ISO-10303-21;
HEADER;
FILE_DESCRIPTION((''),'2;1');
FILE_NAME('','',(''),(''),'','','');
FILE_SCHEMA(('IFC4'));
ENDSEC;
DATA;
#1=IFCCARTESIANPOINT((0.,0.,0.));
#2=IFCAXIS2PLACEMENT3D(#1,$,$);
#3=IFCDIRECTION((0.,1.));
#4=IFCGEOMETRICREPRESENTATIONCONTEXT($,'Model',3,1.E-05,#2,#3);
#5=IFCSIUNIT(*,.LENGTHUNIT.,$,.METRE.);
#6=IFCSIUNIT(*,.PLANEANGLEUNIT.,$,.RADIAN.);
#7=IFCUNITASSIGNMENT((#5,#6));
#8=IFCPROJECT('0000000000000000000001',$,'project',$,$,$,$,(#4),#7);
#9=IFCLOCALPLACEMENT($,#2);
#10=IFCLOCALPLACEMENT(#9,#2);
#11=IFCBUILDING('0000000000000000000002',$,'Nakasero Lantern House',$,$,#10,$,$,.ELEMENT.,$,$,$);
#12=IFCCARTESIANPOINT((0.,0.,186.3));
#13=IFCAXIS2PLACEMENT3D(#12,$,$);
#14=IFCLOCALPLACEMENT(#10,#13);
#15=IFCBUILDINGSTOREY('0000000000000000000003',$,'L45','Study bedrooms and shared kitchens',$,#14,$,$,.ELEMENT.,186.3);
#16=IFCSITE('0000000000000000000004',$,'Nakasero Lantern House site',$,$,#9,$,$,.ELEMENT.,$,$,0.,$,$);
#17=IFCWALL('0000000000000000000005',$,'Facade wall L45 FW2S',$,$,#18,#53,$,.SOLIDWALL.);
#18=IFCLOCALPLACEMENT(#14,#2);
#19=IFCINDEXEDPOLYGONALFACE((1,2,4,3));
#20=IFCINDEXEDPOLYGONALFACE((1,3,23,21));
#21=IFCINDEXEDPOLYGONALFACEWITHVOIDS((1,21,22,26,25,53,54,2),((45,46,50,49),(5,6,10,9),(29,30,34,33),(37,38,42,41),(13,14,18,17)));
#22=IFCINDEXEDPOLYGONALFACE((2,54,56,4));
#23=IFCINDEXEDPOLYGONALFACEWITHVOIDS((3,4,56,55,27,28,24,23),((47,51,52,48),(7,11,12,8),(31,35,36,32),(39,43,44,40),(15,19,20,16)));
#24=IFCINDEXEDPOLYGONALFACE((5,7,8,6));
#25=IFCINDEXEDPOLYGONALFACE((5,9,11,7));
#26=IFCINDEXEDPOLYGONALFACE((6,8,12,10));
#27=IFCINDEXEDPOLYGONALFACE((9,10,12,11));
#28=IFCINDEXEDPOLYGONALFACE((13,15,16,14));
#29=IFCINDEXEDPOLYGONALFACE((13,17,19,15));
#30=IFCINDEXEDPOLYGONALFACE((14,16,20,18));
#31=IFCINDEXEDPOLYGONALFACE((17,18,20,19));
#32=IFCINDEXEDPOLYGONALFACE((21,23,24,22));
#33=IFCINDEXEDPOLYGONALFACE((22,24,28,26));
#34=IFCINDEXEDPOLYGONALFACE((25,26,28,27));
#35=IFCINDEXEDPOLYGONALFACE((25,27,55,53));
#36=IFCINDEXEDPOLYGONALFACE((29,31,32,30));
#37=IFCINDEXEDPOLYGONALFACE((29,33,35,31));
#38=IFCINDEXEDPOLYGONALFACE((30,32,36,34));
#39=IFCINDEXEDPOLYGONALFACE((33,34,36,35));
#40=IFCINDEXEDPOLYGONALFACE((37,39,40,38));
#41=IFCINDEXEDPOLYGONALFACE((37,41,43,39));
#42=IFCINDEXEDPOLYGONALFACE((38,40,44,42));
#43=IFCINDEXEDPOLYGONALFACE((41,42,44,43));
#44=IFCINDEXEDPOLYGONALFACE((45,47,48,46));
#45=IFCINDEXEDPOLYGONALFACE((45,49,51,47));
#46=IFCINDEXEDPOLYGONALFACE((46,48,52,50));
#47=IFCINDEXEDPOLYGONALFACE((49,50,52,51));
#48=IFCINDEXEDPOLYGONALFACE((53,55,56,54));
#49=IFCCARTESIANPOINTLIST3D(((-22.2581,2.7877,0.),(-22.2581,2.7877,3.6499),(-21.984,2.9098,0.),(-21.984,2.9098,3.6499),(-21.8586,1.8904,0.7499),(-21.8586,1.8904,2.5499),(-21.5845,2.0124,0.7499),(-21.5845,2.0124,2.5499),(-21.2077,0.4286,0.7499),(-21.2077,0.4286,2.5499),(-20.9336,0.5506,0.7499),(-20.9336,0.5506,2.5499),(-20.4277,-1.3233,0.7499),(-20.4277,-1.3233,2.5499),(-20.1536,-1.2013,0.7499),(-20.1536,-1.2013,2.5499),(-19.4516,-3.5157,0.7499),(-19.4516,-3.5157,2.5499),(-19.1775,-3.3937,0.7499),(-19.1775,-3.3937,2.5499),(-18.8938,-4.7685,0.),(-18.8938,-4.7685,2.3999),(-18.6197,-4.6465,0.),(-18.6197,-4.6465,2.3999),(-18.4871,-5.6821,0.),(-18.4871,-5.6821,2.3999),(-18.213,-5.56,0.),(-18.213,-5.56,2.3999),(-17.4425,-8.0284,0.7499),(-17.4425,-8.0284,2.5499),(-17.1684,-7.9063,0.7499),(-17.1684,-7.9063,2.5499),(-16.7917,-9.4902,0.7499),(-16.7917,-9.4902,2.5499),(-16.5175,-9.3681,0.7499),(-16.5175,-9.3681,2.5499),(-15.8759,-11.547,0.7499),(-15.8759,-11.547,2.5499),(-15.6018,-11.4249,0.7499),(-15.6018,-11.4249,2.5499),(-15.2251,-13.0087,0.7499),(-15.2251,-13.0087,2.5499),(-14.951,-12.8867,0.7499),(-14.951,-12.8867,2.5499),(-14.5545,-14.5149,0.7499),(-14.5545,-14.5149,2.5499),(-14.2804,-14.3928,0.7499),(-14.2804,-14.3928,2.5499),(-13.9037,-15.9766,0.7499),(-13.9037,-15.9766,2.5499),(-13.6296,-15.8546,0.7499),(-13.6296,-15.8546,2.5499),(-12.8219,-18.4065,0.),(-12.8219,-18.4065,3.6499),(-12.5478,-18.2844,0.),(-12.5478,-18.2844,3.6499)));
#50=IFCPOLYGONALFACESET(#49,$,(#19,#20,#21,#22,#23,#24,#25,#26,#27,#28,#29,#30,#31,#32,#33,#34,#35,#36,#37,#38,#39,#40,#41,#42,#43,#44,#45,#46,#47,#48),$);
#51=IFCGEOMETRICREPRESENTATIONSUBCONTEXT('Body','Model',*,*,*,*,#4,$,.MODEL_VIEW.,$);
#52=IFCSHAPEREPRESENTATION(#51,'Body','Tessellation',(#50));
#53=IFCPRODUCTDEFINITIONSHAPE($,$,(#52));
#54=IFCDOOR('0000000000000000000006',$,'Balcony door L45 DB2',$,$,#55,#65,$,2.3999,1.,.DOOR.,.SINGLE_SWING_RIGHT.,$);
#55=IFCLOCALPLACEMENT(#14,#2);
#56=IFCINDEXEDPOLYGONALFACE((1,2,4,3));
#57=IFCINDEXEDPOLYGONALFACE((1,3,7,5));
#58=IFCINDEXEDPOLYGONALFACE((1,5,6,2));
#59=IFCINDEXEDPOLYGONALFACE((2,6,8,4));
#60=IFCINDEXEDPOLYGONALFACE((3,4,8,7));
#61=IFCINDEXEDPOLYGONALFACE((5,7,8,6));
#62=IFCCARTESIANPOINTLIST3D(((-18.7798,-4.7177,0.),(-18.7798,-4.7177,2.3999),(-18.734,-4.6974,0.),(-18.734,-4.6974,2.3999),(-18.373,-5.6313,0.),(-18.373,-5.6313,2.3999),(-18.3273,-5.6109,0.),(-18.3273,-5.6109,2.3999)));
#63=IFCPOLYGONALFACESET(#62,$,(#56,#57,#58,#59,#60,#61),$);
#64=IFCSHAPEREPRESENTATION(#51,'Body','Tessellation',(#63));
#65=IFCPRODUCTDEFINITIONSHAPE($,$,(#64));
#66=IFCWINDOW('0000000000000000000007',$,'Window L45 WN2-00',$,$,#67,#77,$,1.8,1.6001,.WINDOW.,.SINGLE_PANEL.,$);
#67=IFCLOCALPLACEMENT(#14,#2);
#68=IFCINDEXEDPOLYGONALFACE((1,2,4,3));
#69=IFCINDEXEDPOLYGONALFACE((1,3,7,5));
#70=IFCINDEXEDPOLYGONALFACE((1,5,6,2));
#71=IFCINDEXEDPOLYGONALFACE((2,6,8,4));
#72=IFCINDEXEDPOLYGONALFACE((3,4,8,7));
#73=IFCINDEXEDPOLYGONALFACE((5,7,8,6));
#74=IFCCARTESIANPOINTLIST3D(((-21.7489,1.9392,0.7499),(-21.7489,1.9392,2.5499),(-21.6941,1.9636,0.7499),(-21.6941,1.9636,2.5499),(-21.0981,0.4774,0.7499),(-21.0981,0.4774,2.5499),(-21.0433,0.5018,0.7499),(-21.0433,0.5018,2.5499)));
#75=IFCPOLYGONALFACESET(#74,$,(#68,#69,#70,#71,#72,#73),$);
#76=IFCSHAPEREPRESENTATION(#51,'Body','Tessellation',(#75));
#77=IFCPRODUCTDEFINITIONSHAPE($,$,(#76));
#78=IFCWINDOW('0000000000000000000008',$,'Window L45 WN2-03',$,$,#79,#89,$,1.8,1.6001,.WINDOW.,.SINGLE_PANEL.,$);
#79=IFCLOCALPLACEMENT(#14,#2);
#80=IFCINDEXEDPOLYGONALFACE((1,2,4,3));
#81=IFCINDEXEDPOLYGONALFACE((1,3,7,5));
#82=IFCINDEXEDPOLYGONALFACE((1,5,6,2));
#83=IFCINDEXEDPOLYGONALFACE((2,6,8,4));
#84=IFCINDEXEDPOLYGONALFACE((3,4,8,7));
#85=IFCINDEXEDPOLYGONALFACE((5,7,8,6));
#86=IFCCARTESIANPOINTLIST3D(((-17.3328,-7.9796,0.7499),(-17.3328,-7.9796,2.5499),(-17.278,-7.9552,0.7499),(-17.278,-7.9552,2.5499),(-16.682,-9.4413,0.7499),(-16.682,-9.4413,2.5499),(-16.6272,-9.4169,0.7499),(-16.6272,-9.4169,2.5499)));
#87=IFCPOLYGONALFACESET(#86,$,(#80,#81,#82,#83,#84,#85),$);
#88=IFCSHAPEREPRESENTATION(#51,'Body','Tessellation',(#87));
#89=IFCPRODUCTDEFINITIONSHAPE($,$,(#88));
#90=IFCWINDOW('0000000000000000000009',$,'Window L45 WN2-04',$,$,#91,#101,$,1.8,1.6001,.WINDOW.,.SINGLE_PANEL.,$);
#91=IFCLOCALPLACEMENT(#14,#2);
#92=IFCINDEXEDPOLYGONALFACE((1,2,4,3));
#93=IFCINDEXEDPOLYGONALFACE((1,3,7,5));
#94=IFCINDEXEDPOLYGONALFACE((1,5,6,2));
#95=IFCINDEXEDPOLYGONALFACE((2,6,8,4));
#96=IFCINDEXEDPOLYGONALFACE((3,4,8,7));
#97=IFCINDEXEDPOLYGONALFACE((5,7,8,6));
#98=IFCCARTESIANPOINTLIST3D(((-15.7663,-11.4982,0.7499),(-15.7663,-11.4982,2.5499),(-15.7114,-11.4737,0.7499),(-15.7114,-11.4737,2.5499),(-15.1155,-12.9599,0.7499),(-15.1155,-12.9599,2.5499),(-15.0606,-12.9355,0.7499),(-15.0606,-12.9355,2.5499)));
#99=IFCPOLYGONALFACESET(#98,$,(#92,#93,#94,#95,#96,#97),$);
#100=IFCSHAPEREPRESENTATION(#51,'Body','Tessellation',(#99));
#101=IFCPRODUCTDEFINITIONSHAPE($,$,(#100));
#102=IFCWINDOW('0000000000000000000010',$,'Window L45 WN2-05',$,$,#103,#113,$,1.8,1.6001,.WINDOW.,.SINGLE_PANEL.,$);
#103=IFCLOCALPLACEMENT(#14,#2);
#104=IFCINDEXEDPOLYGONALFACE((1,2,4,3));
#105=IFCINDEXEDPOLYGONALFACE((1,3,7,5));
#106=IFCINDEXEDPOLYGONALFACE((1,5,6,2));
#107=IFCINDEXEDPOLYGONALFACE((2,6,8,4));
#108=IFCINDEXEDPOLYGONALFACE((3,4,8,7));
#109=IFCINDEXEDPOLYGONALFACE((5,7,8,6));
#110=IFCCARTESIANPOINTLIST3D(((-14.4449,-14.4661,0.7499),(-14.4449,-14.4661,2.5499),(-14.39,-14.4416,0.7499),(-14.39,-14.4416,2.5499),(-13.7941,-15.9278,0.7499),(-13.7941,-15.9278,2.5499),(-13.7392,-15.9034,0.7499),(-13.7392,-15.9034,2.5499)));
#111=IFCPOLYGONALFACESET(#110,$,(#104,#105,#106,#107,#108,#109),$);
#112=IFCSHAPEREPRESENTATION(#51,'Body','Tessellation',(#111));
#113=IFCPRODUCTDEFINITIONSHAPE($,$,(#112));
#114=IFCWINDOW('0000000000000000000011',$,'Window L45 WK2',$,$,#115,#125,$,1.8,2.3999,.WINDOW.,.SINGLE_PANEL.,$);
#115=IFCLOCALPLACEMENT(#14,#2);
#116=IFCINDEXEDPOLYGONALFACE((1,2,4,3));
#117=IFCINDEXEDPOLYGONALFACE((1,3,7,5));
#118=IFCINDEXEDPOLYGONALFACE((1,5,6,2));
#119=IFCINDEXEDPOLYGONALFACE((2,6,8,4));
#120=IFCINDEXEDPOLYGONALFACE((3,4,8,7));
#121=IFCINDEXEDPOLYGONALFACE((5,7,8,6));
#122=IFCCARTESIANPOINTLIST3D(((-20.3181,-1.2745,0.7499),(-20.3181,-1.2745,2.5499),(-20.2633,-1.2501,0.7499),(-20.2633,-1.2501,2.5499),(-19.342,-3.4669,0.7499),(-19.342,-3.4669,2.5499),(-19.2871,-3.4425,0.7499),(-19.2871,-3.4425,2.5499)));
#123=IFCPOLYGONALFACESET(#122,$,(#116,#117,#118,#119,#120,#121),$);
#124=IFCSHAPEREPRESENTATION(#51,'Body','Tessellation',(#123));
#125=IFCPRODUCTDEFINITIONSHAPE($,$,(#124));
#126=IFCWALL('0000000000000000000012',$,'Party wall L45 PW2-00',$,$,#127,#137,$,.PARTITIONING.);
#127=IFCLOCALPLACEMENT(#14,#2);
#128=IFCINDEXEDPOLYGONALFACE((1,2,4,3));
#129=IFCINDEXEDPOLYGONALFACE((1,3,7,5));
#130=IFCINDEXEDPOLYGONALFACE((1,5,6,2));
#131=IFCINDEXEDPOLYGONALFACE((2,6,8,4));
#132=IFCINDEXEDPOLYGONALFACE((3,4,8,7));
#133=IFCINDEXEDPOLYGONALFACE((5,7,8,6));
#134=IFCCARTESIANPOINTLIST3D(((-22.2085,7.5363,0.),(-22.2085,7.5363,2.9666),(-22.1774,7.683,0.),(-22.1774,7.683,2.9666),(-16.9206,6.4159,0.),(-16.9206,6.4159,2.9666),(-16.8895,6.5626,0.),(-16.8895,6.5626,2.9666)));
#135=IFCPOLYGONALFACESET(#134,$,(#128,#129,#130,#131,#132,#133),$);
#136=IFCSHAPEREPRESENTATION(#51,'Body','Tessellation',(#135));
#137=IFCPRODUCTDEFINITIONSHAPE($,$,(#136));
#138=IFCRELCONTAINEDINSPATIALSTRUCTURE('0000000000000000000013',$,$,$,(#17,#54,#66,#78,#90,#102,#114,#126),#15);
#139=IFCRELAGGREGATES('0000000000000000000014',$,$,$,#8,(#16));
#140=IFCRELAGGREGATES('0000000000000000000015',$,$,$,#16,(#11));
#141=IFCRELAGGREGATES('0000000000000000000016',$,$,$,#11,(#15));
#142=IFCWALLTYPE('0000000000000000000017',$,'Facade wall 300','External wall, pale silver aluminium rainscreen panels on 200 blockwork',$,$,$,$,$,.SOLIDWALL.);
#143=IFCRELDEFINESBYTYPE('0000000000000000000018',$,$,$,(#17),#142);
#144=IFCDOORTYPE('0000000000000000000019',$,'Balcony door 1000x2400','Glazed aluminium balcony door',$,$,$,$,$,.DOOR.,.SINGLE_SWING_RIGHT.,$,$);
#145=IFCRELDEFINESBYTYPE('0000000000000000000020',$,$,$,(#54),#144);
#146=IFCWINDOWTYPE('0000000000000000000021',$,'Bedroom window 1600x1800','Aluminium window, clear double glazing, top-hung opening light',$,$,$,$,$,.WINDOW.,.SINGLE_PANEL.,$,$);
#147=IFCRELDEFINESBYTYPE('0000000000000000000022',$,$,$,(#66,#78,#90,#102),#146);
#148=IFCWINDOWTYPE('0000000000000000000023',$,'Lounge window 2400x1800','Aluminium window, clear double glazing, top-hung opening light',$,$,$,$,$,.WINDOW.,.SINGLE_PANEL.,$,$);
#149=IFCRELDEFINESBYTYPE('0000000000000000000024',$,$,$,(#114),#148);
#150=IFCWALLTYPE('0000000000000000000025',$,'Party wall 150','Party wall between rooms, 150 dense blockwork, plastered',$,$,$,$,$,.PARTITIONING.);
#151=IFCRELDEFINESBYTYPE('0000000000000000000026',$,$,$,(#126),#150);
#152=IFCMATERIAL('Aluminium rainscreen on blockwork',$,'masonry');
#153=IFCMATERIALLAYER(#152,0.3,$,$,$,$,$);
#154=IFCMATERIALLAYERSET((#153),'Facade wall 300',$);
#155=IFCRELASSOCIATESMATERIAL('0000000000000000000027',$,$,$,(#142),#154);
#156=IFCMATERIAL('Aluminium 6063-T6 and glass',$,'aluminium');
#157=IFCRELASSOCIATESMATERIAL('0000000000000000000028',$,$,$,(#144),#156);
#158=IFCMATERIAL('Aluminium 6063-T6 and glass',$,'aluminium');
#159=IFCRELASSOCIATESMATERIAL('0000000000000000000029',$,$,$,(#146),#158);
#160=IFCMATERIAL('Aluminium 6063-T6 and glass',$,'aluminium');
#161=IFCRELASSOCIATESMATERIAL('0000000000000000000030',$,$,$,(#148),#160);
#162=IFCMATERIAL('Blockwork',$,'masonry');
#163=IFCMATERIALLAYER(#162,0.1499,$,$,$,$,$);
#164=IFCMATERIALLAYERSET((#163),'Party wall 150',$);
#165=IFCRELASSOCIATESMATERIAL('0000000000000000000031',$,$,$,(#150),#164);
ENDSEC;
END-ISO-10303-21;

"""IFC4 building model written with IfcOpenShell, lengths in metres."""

from ifc_helpers import new_model, si_unit, direction, frame, frame_2d, origin, place, context, subcontext, project, spatial, rectangle, extrude, material, layer, layer_set, type_object, element, fill, save


model = new_model("IFC4")

# Units and contexts
model_context = context("Model", 3, precision=1e-05, world=origin(), true_north=direction((0.0, 1.0)))
body_context = subcontext(model_context, "Body", "Model", "MODEL_VIEW")
ifc_project = project(units=[si_unit("LENGTHUNIT", "METRE"), si_unit("PLANEANGLEUNIT", "RADIAN")], contexts=[model_context])

# Site, building, storey
site_placement = place(None, origin())
site = spatial("IfcSite", under=ifc_project, at=site_placement, Name="Nakasero Lantern House site", CompositionType="ELEMENT", RefElevation=0.0)
building_placement = place(site_placement, origin())
building = spatial("IfcBuilding", under=site, at=building_placement, Name="Nakasero Lantern House", CompositionType="ELEMENT")
storey_placement = place(building_placement, frame((0.0, 0.0, 186.3)))
storey = spatial("IfcBuildingStorey", under=building, at=storey_placement, Name="L45", Description="Study bedrooms and shared kitchens", CompositionType="ELEMENT", Elevation=186.3)

# Shared definitions
ifc_material_1 = material(Name="Aluminium rainscreen on blockwork", Category="masonry")
ifc_layer_1 = layer(ifc_material_1, 0.3)
ifc_layer_set_1 = layer_set([ifc_layer_1], Name="Facade wall 300")
wall_type_1 = type_object("IfcWallType", Name="Facade wall 300", Description="External wall, pale silver aluminium rainscreen panels on 200 blockwork", PredefinedType="SOLIDWALL", material=ifc_layer_set_1)

# Wall, openings, door, windows
wall_1_placement = place(storey_placement, frame((-22.1211, 2.8489, 0.0), z_axis=(0.0, 0.0, 1.0), x_axis=(0.406735, -0.913546, 0.0)))
wall_1 = element("IfcWall", 1, at=wall_1_placement, inside=storey, type_object=wall_type_1, Name="Facade wall L45 FW2S", PredefinedType="SOLIDWALL", context=body_context, shape_type="SweptSolid", body=[
    extrude(rectangle(XDim=23.2, YDim=0.3, at=frame_2d((11.6001, 0.0))), origin(), (0.0, 0.0, 1.0), 3.6499),
])
opening_1_placement = place(wall_1_placement, frame((0.9824, 0.0, 0.75)))
opening_1 = element("IfcOpeningElement", 2, at=opening_1_placement, cuts=wall_1, PredefinedType="OPENING", context=body_context, shape_type="SweptSolid", body=[
    extrude(rectangle(XDim=1.6001, YDim=1.8, at=frame_2d((0.8, 0.8999))), frame((0.0, 0.1699, 0.0), z_axis=(0.0, -1.0, 0.0), x_axis=(1.0, 0.0, 0.0)), (0.0, 0.0, 1.0), 0.3401),
])
opening_2_placement = place(wall_1_placement, frame((11.8398, 0.0, 0.75)))
opening_2 = element("IfcOpeningElement", 3, at=opening_2_placement, cuts=wall_1, PredefinedType="OPENING", context=body_context, shape_type="SweptSolid", body=[
    extrude(rectangle(XDim=1.6001, YDim=1.8, at=frame_2d((0.8, 0.8999))), frame((0.0, 0.1699, 0.0), z_axis=(0.0, -1.0, 0.0), x_axis=(1.0, 0.0, 0.0)), (0.0, 0.0, 1.0), 0.3401),
])
opening_3_placement = place(wall_1_placement, frame((15.6914, 0.0, 0.75)))
opening_3 = element("IfcOpeningElement", 4, at=opening_3_placement, cuts=wall_1, PredefinedType="OPENING", context=body_context, shape_type="SweptSolid", body=[
    extrude(rectangle(XDim=1.6001, YDim=1.8, at=frame_2d((0.8, 0.8999))), frame((0.0, 0.1699, 0.0), z_axis=(0.0, -1.0, 0.0), x_axis=(1.0, 0.0, 0.0)), (0.0, 0.0, 1.0), 0.3401),
])
opening_4_placement = place(wall_1_placement, frame((18.9402, 0.0, 0.75)))
opening_4 = element("IfcOpeningElement", 5, at=opening_4_placement, cuts=wall_1, PredefinedType="OPENING", context=body_context, shape_type="SweptSolid", body=[
    extrude(rectangle(XDim=1.6001, YDim=1.8, at=frame_2d((0.8, 0.8999))), frame((0.0, 0.1699, 0.0), z_axis=(0.0, -1.0, 0.0), x_axis=(1.0, 0.0, 0.0)), (0.0, 0.0, 1.0), 0.3401),
])
opening_5_placement = place(wall_1_placement, frame((4.5002, 0.0, 0.75)))
opening_5 = element("IfcOpeningElement", 6, at=opening_5_placement, cuts=wall_1, PredefinedType="OPENING", context=body_context, shape_type="SweptSolid", body=[
    extrude(rectangle(XDim=2.3999, YDim=1.8, at=frame_2d((1.2, 0.8999))), frame((0.0, 0.1699, 0.0), z_axis=(0.0, -1.0, 0.0), x_axis=(1.0, 0.0, 0.0)), (0.0, 0.0, 1.0), 0.3401),
])
opening_6_placement = place(wall_1_placement, frame((8.2715, 0.0, 0.0)))
opening_6 = element("IfcOpeningElement", 7, at=opening_6_placement, cuts=wall_1, PredefinedType="OPENING", context=body_context, shape_type="SweptSolid", body=[
    extrude(rectangle(XDim=1.0, YDim=2.3999, at=frame_2d((0.5, 1.2))), frame((0.0, 0.1699, 0.0), z_axis=(0.0, -1.0, 0.0), x_axis=(1.0, 0.0, 0.0)), (0.0, 0.0, 1.0), 0.3401),
])
ifc_material_2 = material(Name="Aluminium 6063-T6 and glass", Category="aluminium")
door_type_1 = type_object("IfcDoorType", Name="Balcony door 1000x2400", Description="Glazed aluminium balcony door", OperationType="SINGLE_SWING_RIGHT", PredefinedType="DOOR", material=ifc_material_2)
door_1_placement = place(opening_6_placement, origin())
door_1 = element("IfcDoor", 8, at=door_1_placement, inside=storey, type_object=door_type_1, Name="Balcony door L45 DB2", OperationType="SINGLE_SWING_RIGHT", OverallHeight=2.3999, OverallWidth=1.0, PredefinedType="DOOR", context=body_context, shape_type="SweptSolid", body=[
    extrude(rectangle(XDim=1.0, YDim=2.3999, at=frame_2d((0.5, 1.2))), frame((0.0, 0.0249, 0.0), z_axis=(0.0, -1.0, 0.0), x_axis=(1.0, 0.0, 0.0)), (0.0, 0.0, 1.0), 0.05),
])
fill(opening_6, door_1)
ifc_material_3 = material(Name="Aluminium 6063-T6 and glass", Category="aluminium")
window_type_1 = type_object("IfcWindowType", Name="Bedroom window 1600x1800", Description="Aluminium window, clear double glazing, top-hung opening light", PartitioningType="SINGLE_PANEL", PredefinedType="WINDOW", material=ifc_material_3)
window_1_placement = place(opening_1_placement, origin())
window_1 = element("IfcWindow", 9, at=window_1_placement, inside=storey, type_object=window_type_1, Name="Window L45 WN2-00", OverallHeight=1.8, OverallWidth=1.6001, PartitioningType="SINGLE_PANEL", PredefinedType="WINDOW", context=body_context, shape_type="SweptSolid", body=[
    extrude(rectangle(XDim=1.6001, YDim=1.8, at=frame_2d((0.8, 0.8999))), frame((0.0, 0.03, 0.0), z_axis=(0.0, -1.0, 0.0), x_axis=(1.0, 0.0, 0.0)), (0.0, 0.0, 1.0), 0.0601),
])
fill(opening_1, window_1)
window_2_placement = place(opening_2_placement, origin())
window_2 = element("IfcWindow", 10, at=window_2_placement, inside=storey, type_object=window_type_1, Name="Window L45 WN2-03", OverallHeight=1.8, OverallWidth=1.6001, PartitioningType="SINGLE_PANEL", PredefinedType="WINDOW", context=body_context, shape_type="SweptSolid", body=[
    extrude(rectangle(XDim=1.6001, YDim=1.8, at=frame_2d((0.8, 0.8999))), frame((0.0, 0.03, 0.0), z_axis=(0.0, -1.0, 0.0), x_axis=(1.0, 0.0, 0.0)), (0.0, 0.0, 1.0), 0.0601),
])
fill(opening_2, window_2)
window_3_placement = place(opening_3_placement, origin())
window_3 = element("IfcWindow", 11, at=window_3_placement, inside=storey, type_object=window_type_1, Name="Window L45 WN2-04", OverallHeight=1.8, OverallWidth=1.6001, PartitioningType="SINGLE_PANEL", PredefinedType="WINDOW", context=body_context, shape_type="SweptSolid", body=[
    extrude(rectangle(XDim=1.6001, YDim=1.8, at=frame_2d((0.8, 0.8999))), frame((0.0, 0.03, 0.0), z_axis=(0.0, -1.0, 0.0), x_axis=(1.0, 0.0, 0.0)), (0.0, 0.0, 1.0), 0.0601),
])
fill(opening_3, window_3)
window_4_placement = place(opening_4_placement, origin())
window_4 = element("IfcWindow", 12, at=window_4_placement, inside=storey, type_object=window_type_1, Name="Window L45 WN2-05", OverallHeight=1.8, OverallWidth=1.6001, PartitioningType="SINGLE_PANEL", PredefinedType="WINDOW", context=body_context, shape_type="SweptSolid", body=[
    extrude(rectangle(XDim=1.6001, YDim=1.8, at=frame_2d((0.8, 0.8999))), frame((0.0, 0.03, 0.0), z_axis=(0.0, -1.0, 0.0), x_axis=(1.0, 0.0, 0.0)), (0.0, 0.0, 1.0), 0.0601),
])
fill(opening_4, window_4)
ifc_material_4 = material(Name="Aluminium 6063-T6 and glass", Category="aluminium")
window_type_2 = type_object("IfcWindowType", Name="Lounge window 2400x1800", Description="Aluminium window, clear double glazing, top-hung opening light", PartitioningType="SINGLE_PANEL", PredefinedType="WINDOW", material=ifc_material_4)
window_5_placement = place(opening_5_placement, origin())
window_5 = element("IfcWindow", 13, at=window_5_placement, inside=storey, type_object=window_type_2, Name="Window L45 WK2", OverallHeight=1.8, OverallWidth=2.3999, PartitioningType="SINGLE_PANEL", PredefinedType="WINDOW", context=body_context, shape_type="SweptSolid", body=[
    extrude(rectangle(XDim=2.3999, YDim=1.8, at=frame_2d((1.2, 0.8999))), frame((0.0, 0.03, 0.0), z_axis=(0.0, -1.0, 0.0), x_axis=(1.0, 0.0, 0.0)), (0.0, 0.0, 1.0), 0.0601),
])
fill(opening_5, window_5)

# Wall
ifc_material_5 = material(Name="Blockwork", Category="masonry")
ifc_layer_2 = layer(ifc_material_5, 0.1499)
ifc_layer_set_2 = layer_set([ifc_layer_2], Name="Party wall 150")
wall_type_2 = type_object("IfcWallType", Name="Party wall 150", Description="Party wall between rooms, 150 dense blockwork, plastered", PredefinedType="PARTITIONING", material=ifc_layer_set_2)
wall_2_placement = place(storey_placement, frame((-16.905, 6.4893, 0.0), z_axis=(0.0, 0.0, 1.0), x_axis=(-0.978283, 0.207274, 0.0)))
element("IfcWall", 14, at=wall_2_placement, inside=storey, type_object=wall_type_2, Name="Party wall L45 PW2-00", PredefinedType="PARTITIONING", context=body_context, shape_type="SweptSolid", body=[
    extrude(rectangle(XDim=5.4053, YDim=0.1499, at=frame_2d((2.7026, 0.0))), origin(), (0.0, 0.0, 1.0), 2.9666),
])

save(model, "model.ifc")
